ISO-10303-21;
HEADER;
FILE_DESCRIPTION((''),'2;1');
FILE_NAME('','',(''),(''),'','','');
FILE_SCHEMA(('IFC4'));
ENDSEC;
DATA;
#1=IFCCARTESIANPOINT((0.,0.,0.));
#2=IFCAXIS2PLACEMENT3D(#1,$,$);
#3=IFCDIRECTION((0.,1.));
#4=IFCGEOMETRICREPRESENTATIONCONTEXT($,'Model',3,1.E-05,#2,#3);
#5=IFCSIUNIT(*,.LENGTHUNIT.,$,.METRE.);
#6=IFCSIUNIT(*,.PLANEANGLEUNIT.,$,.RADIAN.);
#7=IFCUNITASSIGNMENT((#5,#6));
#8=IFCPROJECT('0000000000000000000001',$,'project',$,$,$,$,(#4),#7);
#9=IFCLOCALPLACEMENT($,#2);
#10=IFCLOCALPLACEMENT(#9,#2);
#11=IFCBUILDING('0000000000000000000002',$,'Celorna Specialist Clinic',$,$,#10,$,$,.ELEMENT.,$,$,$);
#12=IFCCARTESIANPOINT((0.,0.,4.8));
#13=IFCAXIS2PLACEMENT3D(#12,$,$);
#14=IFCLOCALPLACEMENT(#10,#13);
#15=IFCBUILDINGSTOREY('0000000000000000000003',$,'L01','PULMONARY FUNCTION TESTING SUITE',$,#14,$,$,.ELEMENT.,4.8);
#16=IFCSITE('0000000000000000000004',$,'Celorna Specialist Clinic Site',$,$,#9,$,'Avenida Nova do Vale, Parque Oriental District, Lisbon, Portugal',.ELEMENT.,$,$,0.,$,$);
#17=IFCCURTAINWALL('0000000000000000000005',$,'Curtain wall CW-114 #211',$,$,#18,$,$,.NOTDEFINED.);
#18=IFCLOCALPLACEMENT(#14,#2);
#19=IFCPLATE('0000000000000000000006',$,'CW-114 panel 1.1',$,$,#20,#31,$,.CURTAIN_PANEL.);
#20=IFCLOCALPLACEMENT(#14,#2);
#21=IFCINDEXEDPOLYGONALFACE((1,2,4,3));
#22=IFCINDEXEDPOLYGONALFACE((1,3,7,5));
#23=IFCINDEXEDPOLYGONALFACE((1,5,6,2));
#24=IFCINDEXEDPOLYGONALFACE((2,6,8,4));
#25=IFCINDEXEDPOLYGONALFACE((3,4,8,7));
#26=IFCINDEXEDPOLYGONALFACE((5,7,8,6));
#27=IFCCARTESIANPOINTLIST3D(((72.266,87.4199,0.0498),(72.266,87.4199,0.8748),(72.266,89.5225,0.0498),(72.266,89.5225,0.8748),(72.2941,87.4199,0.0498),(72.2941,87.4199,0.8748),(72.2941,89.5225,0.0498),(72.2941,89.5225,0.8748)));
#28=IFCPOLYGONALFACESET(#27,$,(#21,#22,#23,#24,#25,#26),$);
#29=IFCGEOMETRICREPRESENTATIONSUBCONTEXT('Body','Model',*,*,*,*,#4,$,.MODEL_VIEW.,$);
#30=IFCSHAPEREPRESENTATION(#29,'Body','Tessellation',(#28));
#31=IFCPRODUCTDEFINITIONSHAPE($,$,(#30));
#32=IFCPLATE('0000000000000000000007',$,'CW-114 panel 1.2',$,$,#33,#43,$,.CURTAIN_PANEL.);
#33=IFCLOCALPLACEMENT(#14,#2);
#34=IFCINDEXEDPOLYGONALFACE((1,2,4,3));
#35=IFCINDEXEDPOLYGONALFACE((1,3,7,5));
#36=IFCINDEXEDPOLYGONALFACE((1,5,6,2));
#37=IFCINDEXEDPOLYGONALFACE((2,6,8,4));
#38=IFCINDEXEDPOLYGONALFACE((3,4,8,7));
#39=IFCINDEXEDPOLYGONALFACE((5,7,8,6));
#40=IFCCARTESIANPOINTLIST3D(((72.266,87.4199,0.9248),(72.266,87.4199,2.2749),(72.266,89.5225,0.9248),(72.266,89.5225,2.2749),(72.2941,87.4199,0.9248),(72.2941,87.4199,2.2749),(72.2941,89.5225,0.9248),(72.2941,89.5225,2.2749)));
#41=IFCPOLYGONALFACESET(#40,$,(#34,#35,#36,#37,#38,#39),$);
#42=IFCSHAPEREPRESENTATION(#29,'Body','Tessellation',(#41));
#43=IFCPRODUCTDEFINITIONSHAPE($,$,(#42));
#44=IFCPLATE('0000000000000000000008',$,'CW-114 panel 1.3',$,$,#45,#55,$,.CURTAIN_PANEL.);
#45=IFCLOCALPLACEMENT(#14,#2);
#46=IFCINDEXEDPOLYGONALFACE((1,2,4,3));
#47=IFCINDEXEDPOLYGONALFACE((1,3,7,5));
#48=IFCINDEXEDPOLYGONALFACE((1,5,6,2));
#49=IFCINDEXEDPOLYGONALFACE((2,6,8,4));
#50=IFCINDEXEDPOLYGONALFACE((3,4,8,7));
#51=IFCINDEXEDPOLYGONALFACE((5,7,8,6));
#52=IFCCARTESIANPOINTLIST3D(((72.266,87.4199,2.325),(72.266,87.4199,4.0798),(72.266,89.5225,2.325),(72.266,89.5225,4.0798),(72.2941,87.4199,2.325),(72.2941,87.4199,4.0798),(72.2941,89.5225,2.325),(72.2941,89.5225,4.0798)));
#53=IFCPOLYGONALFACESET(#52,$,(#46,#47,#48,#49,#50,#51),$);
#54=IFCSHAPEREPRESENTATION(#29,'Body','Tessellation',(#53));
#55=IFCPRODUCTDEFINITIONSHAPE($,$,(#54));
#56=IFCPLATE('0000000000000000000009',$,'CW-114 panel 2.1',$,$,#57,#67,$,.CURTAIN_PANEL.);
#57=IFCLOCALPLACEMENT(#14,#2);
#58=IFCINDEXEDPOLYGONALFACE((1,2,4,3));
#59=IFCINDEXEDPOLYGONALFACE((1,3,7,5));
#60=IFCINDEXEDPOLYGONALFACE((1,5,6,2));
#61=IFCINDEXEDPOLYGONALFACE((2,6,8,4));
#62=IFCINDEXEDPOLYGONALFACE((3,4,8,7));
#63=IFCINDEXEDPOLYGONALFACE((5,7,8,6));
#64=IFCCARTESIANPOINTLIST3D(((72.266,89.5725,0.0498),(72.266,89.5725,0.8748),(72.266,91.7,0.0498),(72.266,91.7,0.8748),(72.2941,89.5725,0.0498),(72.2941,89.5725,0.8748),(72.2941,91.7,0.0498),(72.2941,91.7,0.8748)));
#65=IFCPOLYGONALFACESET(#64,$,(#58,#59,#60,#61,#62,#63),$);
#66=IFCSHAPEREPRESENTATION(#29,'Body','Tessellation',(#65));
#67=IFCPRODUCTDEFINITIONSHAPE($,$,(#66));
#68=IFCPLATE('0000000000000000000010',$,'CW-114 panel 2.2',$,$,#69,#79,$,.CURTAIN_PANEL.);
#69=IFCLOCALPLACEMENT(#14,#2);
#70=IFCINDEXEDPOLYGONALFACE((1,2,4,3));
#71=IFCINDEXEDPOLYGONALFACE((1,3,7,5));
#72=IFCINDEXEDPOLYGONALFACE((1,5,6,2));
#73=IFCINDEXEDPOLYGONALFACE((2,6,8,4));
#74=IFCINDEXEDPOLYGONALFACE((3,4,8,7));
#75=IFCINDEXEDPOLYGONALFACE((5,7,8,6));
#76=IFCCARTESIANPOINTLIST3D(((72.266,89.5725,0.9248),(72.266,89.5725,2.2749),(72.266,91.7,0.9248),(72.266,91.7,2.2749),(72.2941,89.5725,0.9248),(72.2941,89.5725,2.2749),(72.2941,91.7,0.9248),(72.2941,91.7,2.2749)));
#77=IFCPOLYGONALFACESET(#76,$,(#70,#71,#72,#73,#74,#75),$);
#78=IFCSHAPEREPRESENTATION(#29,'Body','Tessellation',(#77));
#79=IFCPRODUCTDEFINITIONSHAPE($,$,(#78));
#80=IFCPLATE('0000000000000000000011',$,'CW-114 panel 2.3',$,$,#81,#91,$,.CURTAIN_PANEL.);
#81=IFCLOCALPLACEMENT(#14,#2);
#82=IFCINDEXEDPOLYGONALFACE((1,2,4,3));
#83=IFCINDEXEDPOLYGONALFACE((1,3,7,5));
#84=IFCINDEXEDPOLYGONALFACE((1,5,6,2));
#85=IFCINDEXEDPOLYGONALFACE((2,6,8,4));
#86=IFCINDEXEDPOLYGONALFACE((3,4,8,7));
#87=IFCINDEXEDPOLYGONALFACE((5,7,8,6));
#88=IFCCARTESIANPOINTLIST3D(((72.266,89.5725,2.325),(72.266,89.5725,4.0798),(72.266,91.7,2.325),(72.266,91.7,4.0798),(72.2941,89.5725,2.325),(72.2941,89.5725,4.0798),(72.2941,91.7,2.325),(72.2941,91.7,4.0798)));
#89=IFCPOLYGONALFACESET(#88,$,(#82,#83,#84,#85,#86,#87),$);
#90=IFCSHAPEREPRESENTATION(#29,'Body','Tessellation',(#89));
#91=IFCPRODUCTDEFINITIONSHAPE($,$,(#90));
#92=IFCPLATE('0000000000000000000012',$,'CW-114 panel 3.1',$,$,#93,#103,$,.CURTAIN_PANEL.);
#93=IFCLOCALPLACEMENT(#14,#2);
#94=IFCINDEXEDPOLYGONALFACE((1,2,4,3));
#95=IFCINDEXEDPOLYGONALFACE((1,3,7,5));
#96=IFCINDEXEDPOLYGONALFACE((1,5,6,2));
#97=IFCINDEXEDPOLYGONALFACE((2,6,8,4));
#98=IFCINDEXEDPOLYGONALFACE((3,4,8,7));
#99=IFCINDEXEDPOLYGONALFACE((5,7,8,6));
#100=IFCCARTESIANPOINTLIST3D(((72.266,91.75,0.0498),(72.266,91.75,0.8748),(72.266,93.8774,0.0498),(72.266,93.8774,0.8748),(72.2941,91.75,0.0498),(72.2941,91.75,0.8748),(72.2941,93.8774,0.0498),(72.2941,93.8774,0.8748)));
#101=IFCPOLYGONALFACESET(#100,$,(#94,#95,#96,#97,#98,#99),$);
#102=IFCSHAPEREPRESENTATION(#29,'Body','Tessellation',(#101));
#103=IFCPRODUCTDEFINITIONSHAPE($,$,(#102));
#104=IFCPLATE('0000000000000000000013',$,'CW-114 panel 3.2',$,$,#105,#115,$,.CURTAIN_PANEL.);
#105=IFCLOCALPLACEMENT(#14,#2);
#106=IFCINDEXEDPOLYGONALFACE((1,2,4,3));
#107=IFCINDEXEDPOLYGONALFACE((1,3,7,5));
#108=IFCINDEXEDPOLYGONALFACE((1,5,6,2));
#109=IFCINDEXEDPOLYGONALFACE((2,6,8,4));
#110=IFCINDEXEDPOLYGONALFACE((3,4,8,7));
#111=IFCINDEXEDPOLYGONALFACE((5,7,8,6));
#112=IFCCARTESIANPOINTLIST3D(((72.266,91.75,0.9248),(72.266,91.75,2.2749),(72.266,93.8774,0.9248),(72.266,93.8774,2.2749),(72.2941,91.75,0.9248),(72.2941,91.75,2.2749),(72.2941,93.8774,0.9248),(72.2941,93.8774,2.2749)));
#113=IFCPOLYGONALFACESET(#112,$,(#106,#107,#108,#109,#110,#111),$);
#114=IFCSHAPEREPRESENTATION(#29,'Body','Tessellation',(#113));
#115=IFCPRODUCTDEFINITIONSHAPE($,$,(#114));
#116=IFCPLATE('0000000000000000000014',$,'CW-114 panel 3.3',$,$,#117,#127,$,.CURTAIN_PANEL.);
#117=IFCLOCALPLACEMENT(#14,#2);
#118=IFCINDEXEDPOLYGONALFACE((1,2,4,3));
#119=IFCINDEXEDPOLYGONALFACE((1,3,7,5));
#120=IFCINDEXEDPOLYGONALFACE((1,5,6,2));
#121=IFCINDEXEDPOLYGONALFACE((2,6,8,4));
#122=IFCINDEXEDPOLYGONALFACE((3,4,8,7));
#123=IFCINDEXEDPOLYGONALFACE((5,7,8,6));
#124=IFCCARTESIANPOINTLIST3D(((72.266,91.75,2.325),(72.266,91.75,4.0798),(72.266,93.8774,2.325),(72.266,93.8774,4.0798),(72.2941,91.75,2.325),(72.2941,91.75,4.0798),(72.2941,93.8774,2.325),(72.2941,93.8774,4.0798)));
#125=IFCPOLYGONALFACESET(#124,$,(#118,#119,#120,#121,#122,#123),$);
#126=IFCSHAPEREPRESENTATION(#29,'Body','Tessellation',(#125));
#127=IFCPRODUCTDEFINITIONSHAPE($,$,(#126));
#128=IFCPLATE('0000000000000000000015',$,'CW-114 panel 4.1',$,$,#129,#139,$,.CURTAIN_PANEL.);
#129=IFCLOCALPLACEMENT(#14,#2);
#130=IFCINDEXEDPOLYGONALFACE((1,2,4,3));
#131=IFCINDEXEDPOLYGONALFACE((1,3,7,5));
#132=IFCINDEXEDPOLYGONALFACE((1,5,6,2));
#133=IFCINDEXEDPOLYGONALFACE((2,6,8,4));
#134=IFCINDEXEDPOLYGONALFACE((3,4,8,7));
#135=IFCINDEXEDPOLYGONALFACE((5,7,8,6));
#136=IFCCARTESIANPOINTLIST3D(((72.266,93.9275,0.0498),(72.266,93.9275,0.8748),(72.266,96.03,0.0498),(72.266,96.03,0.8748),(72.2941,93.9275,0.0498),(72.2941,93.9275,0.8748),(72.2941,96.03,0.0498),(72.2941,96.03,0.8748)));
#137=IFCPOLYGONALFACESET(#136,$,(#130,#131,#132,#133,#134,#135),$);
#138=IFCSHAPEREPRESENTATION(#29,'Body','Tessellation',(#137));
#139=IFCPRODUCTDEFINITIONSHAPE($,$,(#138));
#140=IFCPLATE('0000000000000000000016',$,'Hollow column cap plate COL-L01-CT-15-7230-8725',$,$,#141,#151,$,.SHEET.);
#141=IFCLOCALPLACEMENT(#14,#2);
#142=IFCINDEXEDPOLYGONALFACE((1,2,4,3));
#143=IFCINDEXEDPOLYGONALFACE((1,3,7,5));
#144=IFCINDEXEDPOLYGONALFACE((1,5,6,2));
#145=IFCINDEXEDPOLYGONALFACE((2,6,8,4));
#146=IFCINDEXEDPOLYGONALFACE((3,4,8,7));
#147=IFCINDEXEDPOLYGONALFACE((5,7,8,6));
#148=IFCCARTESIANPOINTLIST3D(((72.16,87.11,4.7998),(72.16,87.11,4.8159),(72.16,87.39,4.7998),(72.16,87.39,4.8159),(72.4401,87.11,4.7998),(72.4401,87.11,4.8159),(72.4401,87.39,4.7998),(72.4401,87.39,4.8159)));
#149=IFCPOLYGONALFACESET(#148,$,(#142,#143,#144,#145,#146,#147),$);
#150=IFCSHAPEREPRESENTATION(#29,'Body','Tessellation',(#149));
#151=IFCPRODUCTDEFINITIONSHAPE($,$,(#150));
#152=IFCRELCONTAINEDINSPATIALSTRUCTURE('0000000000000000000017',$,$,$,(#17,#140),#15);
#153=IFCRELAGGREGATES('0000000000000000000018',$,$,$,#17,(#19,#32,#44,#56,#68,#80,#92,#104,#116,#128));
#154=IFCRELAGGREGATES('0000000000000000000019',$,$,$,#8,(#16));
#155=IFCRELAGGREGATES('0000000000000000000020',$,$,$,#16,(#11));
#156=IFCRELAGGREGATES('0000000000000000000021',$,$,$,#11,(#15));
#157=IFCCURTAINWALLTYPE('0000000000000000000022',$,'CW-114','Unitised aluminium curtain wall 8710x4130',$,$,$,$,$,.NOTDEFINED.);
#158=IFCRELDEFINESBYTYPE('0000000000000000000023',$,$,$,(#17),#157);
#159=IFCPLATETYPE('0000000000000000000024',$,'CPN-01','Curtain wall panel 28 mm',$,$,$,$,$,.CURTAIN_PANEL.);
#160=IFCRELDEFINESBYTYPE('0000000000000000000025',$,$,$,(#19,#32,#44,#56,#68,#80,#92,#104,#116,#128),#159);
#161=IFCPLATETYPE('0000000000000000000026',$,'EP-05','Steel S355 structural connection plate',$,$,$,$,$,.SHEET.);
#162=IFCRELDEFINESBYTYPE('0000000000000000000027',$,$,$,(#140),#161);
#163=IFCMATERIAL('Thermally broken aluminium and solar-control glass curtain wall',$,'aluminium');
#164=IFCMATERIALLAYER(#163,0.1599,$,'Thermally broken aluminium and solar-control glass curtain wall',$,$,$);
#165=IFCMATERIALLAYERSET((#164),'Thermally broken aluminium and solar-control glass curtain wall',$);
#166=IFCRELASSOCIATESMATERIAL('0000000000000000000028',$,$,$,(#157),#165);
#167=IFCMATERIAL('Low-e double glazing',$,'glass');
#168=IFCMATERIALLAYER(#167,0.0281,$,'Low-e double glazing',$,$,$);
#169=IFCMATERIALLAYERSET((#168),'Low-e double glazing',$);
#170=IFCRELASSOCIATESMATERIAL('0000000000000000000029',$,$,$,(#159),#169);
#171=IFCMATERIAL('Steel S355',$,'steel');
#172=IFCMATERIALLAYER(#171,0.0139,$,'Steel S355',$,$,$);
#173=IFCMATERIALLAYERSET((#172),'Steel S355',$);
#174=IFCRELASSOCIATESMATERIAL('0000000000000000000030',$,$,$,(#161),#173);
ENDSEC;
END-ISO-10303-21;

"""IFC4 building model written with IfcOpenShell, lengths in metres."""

from ifc_helpers import new_model, si_unit, direction, frame, origin, origin_2d, place, context, subcontext, project, spatial, rectangle, extrude, material, layer, layer_set, type_object, element, aggregate, save


model = new_model("IFC4")

# Units and contexts
model_context = context("Model", 3, precision=1e-05, world=origin(), true_north=direction((0.0, 1.0)))
body_context = subcontext(model_context, "Body", "Model", "MODEL_VIEW")
ifc_project = project(units=[si_unit("LENGTHUNIT", "METRE"), si_unit("PLANEANGLEUNIT", "RADIAN")], contexts=[model_context])

# Site, building, storey
site_placement = place(None, origin())
site = spatial("IfcSite", under=ifc_project, at=site_placement, Name="Celorna Specialist Clinic Site", LongName="Avenida Nova do Vale, Parque Oriental District, Lisbon, Portugal", CompositionType="ELEMENT", RefElevation=0.0)
building_placement = place(site_placement, origin())
building = spatial("IfcBuilding", under=site, at=building_placement, Name="Celorna Specialist Clinic", CompositionType="ELEMENT")
storey_placement = place(building_placement, frame((0.0, 0.0, 4.8)))
storey = spatial("IfcBuildingStorey", under=building, at=storey_placement, Name="L01", Description="PULMONARY FUNCTION TESTING SUITE", CompositionType="ELEMENT", Elevation=4.8)

# Shared definitions
ifc_material_1 = material(Name="Steel S355", Category="steel")

# Shared definitions
ifc_material_2 = material(Name="Thermally broken aluminium and solar-control glass curtain wall", Category="aluminium")

# Curtain wall
ifc_layer_1 = layer(ifc_material_2, 0.1599, Name="Thermally broken aluminium and solar-control glass curtain wall")
ifc_layer_set_1 = layer_set([ifc_layer_1], Name="Thermally broken aluminium and solar-control glass curtain wall")
curtain_wall_type_1 = type_object("IfcCurtainWallType", Name="CW-114", Description="Unitised aluminium curtain wall 8710x4130", PredefinedType="NOTDEFINED", material=ifc_layer_set_1)
curtain_wall_1_placement = place(storey_placement, origin())
curtain_wall_1 = element("IfcCurtainWall", 1, at=curtain_wall_1_placement, inside=storey, type_object=curtain_wall_type_1, Name="Curtain wall CW-114 #211", PredefinedType="NOTDEFINED")

# Plates
ifc_material_3 = material(Name="Low-e double glazing", Category="glass")
ifc_layer_2 = layer(ifc_material_3, 0.0281, Name="Low-e double glazing")
ifc_layer_set_2 = layer_set([ifc_layer_2], Name="Low-e double glazing")
plate_type_1 = type_object("IfcPlateType", Name="CPN-01", Description="Curtain wall panel 28 mm", PredefinedType="CURTAIN_PANEL", material=ifc_layer_set_2)
plate_1_placement = place(storey_placement, frame((72.28, 88.4712, 0.0498), z_axis=(0.0, 0.0, 1.0), x_axis=(0.0, 1.0, 0.0)))
plate_1 = element("IfcPlate", 2, at=plate_1_placement, type_object=plate_type_1, Name="CW-114 panel 1.1", PredefinedType="CURTAIN_PANEL", context=body_context, shape_type="SweptSolid", body=[
    extrude(rectangle(XDim=2.1025, YDim=0.0281, at=origin_2d()), origin(), (0.0, 0.0, 1.0), 0.825),
])
plate_2_placement = place(storey_placement, frame((72.28, 88.4712, 0.9248), z_axis=(0.0, 0.0, 1.0), x_axis=(0.0, 1.0, 0.0)))
plate_2 = element("IfcPlate", 3, at=plate_2_placement, type_object=plate_type_1, Name="CW-114 panel 1.2", PredefinedType="CURTAIN_PANEL", context=body_context, shape_type="SweptSolid", body=[
    extrude(rectangle(XDim=2.1025, YDim=0.0281, at=origin_2d()), origin(), (0.0, 0.0, 1.0), 1.3501),
])
plate_3_placement = place(storey_placement, frame((72.28, 88.4712, 2.325), z_axis=(0.0, 0.0, 1.0), x_axis=(0.0, 1.0, 0.0)))
plate_3 = element("IfcPlate", 4, at=plate_3_placement, type_object=plate_type_1, Name="CW-114 panel 1.3", PredefinedType="CURTAIN_PANEL", context=body_context, shape_type="SweptSolid", body=[
    extrude(rectangle(XDim=2.1025, YDim=0.0281, at=origin_2d()), origin(), (0.0, 0.0, 1.0), 1.7549),
])
plate_4_placement = place(storey_placement, frame((72.28, 90.6362, 0.0498), z_axis=(0.0, 0.0, 1.0), x_axis=(0.0, 1.0, 0.0)))
plate_4 = element("IfcPlate", 5, at=plate_4_placement, type_object=plate_type_1, Name="CW-114 panel 2.1", PredefinedType="CURTAIN_PANEL", context=body_context, shape_type="SweptSolid", body=[
    extrude(rectangle(XDim=2.1274, YDim=0.0281, at=origin_2d()), origin(), (0.0, 0.0, 1.0), 0.825),
])
plate_5_placement = place(storey_placement, frame((72.28, 90.6362, 0.9248), z_axis=(0.0, 0.0, 1.0), x_axis=(0.0, 1.0, 0.0)))
plate_5 = element("IfcPlate", 6, at=plate_5_placement, type_object=plate_type_1, Name="CW-114 panel 2.2", PredefinedType="CURTAIN_PANEL", context=body_context, shape_type="SweptSolid", body=[
    extrude(rectangle(XDim=2.1274, YDim=0.0281, at=origin_2d()), origin(), (0.0, 0.0, 1.0), 1.3501),
])
plate_6_placement = place(storey_placement, frame((72.28, 90.6362, 2.325), z_axis=(0.0, 0.0, 1.0), x_axis=(0.0, 1.0, 0.0)))
plate_6 = element("IfcPlate", 7, at=plate_6_placement, type_object=plate_type_1, Name="CW-114 panel 2.3", PredefinedType="CURTAIN_PANEL", context=body_context, shape_type="SweptSolid", body=[
    extrude(rectangle(XDim=2.1274, YDim=0.0281, at=origin_2d()), origin(), (0.0, 0.0, 1.0), 1.7549),
])
plate_7_placement = place(storey_placement, frame((72.28, 92.8137, 0.0498), z_axis=(0.0, 0.0, 1.0), x_axis=(0.0, 1.0, 0.0)))
plate_7 = element("IfcPlate", 8, at=plate_7_placement, type_object=plate_type_1, Name="CW-114 panel 3.1", PredefinedType="CURTAIN_PANEL", context=body_context, shape_type="SweptSolid", body=[
    extrude(rectangle(XDim=2.1274, YDim=0.0281, at=origin_2d()), origin(), (0.0, 0.0, 1.0), 0.825),
])
plate_8_placement = place(storey_placement, frame((72.28, 92.8137, 0.9248), z_axis=(0.0, 0.0, 1.0), x_axis=(0.0, 1.0, 0.0)))
plate_8 = element("IfcPlate", 9, at=plate_8_placement, type_object=plate_type_1, Name="CW-114 panel 3.2", PredefinedType="CURTAIN_PANEL", context=body_context, shape_type="SweptSolid", body=[
    extrude(rectangle(XDim=2.1274, YDim=0.0281, at=origin_2d()), origin(), (0.0, 0.0, 1.0), 1.3501),
])
plate_9_placement = place(storey_placement, frame((72.28, 92.8137, 2.325), z_axis=(0.0, 0.0, 1.0), x_axis=(0.0, 1.0, 0.0)))
plate_9 = element("IfcPlate", 10, at=plate_9_placement, type_object=plate_type_1, Name="CW-114 panel 3.3", PredefinedType="CURTAIN_PANEL", context=body_context, shape_type="SweptSolid", body=[
    extrude(rectangle(XDim=2.1274, YDim=0.0281, at=origin_2d()), origin(), (0.0, 0.0, 1.0), 1.7549),
])
plate_10_placement = place(storey_placement, frame((72.28, 94.9788, 0.0498), z_axis=(0.0, 0.0, 1.0), x_axis=(0.0, 1.0, 0.0)))
plate_10 = element("IfcPlate", 11, at=plate_10_placement, type_object=plate_type_1, Name="CW-114 panel 4.1", PredefinedType="CURTAIN_PANEL", context=body_context, shape_type="SweptSolid", body=[
    extrude(rectangle(XDim=2.1025, YDim=0.0281, at=origin_2d()), origin(), (0.0, 0.0, 1.0), 0.825),
])
aggregate(curtain_wall_1, [plate_1, plate_2, plate_3, plate_4, plate_5, plate_6, plate_7, plate_8, plate_9, plate_10])
ifc_layer_3 = layer(ifc_material_1, 0.0139, Name="Steel S355")
ifc_layer_set_3 = layer_set([ifc_layer_3], Name="Steel S355")
plate_type_2 = type_object("IfcPlateType", Name="EP-05", Description="Steel S355 structural connection plate", PredefinedType="SHEET", material=ifc_layer_set_3)
plate_11_placement = place(storey_placement, frame((72.3, 87.25, 4.7998), z_axis=(0.0, 0.0, 1.0), x_axis=(1.0, 0.0, 0.0)))
element("IfcPlate", 12, at=plate_11_placement, inside=storey, type_object=plate_type_2, Name="Hollow column cap plate COL-L01-CT-15-7230-8725", PredefinedType="SHEET", context=body_context, shape_type="SweptSolid", body=[
    extrude(rectangle(XDim=0.28, YDim=0.28, at=origin_2d()), origin(), (0.0, 0.0, 1.0), 0.0161),
])

save(model, "model.ifc")
